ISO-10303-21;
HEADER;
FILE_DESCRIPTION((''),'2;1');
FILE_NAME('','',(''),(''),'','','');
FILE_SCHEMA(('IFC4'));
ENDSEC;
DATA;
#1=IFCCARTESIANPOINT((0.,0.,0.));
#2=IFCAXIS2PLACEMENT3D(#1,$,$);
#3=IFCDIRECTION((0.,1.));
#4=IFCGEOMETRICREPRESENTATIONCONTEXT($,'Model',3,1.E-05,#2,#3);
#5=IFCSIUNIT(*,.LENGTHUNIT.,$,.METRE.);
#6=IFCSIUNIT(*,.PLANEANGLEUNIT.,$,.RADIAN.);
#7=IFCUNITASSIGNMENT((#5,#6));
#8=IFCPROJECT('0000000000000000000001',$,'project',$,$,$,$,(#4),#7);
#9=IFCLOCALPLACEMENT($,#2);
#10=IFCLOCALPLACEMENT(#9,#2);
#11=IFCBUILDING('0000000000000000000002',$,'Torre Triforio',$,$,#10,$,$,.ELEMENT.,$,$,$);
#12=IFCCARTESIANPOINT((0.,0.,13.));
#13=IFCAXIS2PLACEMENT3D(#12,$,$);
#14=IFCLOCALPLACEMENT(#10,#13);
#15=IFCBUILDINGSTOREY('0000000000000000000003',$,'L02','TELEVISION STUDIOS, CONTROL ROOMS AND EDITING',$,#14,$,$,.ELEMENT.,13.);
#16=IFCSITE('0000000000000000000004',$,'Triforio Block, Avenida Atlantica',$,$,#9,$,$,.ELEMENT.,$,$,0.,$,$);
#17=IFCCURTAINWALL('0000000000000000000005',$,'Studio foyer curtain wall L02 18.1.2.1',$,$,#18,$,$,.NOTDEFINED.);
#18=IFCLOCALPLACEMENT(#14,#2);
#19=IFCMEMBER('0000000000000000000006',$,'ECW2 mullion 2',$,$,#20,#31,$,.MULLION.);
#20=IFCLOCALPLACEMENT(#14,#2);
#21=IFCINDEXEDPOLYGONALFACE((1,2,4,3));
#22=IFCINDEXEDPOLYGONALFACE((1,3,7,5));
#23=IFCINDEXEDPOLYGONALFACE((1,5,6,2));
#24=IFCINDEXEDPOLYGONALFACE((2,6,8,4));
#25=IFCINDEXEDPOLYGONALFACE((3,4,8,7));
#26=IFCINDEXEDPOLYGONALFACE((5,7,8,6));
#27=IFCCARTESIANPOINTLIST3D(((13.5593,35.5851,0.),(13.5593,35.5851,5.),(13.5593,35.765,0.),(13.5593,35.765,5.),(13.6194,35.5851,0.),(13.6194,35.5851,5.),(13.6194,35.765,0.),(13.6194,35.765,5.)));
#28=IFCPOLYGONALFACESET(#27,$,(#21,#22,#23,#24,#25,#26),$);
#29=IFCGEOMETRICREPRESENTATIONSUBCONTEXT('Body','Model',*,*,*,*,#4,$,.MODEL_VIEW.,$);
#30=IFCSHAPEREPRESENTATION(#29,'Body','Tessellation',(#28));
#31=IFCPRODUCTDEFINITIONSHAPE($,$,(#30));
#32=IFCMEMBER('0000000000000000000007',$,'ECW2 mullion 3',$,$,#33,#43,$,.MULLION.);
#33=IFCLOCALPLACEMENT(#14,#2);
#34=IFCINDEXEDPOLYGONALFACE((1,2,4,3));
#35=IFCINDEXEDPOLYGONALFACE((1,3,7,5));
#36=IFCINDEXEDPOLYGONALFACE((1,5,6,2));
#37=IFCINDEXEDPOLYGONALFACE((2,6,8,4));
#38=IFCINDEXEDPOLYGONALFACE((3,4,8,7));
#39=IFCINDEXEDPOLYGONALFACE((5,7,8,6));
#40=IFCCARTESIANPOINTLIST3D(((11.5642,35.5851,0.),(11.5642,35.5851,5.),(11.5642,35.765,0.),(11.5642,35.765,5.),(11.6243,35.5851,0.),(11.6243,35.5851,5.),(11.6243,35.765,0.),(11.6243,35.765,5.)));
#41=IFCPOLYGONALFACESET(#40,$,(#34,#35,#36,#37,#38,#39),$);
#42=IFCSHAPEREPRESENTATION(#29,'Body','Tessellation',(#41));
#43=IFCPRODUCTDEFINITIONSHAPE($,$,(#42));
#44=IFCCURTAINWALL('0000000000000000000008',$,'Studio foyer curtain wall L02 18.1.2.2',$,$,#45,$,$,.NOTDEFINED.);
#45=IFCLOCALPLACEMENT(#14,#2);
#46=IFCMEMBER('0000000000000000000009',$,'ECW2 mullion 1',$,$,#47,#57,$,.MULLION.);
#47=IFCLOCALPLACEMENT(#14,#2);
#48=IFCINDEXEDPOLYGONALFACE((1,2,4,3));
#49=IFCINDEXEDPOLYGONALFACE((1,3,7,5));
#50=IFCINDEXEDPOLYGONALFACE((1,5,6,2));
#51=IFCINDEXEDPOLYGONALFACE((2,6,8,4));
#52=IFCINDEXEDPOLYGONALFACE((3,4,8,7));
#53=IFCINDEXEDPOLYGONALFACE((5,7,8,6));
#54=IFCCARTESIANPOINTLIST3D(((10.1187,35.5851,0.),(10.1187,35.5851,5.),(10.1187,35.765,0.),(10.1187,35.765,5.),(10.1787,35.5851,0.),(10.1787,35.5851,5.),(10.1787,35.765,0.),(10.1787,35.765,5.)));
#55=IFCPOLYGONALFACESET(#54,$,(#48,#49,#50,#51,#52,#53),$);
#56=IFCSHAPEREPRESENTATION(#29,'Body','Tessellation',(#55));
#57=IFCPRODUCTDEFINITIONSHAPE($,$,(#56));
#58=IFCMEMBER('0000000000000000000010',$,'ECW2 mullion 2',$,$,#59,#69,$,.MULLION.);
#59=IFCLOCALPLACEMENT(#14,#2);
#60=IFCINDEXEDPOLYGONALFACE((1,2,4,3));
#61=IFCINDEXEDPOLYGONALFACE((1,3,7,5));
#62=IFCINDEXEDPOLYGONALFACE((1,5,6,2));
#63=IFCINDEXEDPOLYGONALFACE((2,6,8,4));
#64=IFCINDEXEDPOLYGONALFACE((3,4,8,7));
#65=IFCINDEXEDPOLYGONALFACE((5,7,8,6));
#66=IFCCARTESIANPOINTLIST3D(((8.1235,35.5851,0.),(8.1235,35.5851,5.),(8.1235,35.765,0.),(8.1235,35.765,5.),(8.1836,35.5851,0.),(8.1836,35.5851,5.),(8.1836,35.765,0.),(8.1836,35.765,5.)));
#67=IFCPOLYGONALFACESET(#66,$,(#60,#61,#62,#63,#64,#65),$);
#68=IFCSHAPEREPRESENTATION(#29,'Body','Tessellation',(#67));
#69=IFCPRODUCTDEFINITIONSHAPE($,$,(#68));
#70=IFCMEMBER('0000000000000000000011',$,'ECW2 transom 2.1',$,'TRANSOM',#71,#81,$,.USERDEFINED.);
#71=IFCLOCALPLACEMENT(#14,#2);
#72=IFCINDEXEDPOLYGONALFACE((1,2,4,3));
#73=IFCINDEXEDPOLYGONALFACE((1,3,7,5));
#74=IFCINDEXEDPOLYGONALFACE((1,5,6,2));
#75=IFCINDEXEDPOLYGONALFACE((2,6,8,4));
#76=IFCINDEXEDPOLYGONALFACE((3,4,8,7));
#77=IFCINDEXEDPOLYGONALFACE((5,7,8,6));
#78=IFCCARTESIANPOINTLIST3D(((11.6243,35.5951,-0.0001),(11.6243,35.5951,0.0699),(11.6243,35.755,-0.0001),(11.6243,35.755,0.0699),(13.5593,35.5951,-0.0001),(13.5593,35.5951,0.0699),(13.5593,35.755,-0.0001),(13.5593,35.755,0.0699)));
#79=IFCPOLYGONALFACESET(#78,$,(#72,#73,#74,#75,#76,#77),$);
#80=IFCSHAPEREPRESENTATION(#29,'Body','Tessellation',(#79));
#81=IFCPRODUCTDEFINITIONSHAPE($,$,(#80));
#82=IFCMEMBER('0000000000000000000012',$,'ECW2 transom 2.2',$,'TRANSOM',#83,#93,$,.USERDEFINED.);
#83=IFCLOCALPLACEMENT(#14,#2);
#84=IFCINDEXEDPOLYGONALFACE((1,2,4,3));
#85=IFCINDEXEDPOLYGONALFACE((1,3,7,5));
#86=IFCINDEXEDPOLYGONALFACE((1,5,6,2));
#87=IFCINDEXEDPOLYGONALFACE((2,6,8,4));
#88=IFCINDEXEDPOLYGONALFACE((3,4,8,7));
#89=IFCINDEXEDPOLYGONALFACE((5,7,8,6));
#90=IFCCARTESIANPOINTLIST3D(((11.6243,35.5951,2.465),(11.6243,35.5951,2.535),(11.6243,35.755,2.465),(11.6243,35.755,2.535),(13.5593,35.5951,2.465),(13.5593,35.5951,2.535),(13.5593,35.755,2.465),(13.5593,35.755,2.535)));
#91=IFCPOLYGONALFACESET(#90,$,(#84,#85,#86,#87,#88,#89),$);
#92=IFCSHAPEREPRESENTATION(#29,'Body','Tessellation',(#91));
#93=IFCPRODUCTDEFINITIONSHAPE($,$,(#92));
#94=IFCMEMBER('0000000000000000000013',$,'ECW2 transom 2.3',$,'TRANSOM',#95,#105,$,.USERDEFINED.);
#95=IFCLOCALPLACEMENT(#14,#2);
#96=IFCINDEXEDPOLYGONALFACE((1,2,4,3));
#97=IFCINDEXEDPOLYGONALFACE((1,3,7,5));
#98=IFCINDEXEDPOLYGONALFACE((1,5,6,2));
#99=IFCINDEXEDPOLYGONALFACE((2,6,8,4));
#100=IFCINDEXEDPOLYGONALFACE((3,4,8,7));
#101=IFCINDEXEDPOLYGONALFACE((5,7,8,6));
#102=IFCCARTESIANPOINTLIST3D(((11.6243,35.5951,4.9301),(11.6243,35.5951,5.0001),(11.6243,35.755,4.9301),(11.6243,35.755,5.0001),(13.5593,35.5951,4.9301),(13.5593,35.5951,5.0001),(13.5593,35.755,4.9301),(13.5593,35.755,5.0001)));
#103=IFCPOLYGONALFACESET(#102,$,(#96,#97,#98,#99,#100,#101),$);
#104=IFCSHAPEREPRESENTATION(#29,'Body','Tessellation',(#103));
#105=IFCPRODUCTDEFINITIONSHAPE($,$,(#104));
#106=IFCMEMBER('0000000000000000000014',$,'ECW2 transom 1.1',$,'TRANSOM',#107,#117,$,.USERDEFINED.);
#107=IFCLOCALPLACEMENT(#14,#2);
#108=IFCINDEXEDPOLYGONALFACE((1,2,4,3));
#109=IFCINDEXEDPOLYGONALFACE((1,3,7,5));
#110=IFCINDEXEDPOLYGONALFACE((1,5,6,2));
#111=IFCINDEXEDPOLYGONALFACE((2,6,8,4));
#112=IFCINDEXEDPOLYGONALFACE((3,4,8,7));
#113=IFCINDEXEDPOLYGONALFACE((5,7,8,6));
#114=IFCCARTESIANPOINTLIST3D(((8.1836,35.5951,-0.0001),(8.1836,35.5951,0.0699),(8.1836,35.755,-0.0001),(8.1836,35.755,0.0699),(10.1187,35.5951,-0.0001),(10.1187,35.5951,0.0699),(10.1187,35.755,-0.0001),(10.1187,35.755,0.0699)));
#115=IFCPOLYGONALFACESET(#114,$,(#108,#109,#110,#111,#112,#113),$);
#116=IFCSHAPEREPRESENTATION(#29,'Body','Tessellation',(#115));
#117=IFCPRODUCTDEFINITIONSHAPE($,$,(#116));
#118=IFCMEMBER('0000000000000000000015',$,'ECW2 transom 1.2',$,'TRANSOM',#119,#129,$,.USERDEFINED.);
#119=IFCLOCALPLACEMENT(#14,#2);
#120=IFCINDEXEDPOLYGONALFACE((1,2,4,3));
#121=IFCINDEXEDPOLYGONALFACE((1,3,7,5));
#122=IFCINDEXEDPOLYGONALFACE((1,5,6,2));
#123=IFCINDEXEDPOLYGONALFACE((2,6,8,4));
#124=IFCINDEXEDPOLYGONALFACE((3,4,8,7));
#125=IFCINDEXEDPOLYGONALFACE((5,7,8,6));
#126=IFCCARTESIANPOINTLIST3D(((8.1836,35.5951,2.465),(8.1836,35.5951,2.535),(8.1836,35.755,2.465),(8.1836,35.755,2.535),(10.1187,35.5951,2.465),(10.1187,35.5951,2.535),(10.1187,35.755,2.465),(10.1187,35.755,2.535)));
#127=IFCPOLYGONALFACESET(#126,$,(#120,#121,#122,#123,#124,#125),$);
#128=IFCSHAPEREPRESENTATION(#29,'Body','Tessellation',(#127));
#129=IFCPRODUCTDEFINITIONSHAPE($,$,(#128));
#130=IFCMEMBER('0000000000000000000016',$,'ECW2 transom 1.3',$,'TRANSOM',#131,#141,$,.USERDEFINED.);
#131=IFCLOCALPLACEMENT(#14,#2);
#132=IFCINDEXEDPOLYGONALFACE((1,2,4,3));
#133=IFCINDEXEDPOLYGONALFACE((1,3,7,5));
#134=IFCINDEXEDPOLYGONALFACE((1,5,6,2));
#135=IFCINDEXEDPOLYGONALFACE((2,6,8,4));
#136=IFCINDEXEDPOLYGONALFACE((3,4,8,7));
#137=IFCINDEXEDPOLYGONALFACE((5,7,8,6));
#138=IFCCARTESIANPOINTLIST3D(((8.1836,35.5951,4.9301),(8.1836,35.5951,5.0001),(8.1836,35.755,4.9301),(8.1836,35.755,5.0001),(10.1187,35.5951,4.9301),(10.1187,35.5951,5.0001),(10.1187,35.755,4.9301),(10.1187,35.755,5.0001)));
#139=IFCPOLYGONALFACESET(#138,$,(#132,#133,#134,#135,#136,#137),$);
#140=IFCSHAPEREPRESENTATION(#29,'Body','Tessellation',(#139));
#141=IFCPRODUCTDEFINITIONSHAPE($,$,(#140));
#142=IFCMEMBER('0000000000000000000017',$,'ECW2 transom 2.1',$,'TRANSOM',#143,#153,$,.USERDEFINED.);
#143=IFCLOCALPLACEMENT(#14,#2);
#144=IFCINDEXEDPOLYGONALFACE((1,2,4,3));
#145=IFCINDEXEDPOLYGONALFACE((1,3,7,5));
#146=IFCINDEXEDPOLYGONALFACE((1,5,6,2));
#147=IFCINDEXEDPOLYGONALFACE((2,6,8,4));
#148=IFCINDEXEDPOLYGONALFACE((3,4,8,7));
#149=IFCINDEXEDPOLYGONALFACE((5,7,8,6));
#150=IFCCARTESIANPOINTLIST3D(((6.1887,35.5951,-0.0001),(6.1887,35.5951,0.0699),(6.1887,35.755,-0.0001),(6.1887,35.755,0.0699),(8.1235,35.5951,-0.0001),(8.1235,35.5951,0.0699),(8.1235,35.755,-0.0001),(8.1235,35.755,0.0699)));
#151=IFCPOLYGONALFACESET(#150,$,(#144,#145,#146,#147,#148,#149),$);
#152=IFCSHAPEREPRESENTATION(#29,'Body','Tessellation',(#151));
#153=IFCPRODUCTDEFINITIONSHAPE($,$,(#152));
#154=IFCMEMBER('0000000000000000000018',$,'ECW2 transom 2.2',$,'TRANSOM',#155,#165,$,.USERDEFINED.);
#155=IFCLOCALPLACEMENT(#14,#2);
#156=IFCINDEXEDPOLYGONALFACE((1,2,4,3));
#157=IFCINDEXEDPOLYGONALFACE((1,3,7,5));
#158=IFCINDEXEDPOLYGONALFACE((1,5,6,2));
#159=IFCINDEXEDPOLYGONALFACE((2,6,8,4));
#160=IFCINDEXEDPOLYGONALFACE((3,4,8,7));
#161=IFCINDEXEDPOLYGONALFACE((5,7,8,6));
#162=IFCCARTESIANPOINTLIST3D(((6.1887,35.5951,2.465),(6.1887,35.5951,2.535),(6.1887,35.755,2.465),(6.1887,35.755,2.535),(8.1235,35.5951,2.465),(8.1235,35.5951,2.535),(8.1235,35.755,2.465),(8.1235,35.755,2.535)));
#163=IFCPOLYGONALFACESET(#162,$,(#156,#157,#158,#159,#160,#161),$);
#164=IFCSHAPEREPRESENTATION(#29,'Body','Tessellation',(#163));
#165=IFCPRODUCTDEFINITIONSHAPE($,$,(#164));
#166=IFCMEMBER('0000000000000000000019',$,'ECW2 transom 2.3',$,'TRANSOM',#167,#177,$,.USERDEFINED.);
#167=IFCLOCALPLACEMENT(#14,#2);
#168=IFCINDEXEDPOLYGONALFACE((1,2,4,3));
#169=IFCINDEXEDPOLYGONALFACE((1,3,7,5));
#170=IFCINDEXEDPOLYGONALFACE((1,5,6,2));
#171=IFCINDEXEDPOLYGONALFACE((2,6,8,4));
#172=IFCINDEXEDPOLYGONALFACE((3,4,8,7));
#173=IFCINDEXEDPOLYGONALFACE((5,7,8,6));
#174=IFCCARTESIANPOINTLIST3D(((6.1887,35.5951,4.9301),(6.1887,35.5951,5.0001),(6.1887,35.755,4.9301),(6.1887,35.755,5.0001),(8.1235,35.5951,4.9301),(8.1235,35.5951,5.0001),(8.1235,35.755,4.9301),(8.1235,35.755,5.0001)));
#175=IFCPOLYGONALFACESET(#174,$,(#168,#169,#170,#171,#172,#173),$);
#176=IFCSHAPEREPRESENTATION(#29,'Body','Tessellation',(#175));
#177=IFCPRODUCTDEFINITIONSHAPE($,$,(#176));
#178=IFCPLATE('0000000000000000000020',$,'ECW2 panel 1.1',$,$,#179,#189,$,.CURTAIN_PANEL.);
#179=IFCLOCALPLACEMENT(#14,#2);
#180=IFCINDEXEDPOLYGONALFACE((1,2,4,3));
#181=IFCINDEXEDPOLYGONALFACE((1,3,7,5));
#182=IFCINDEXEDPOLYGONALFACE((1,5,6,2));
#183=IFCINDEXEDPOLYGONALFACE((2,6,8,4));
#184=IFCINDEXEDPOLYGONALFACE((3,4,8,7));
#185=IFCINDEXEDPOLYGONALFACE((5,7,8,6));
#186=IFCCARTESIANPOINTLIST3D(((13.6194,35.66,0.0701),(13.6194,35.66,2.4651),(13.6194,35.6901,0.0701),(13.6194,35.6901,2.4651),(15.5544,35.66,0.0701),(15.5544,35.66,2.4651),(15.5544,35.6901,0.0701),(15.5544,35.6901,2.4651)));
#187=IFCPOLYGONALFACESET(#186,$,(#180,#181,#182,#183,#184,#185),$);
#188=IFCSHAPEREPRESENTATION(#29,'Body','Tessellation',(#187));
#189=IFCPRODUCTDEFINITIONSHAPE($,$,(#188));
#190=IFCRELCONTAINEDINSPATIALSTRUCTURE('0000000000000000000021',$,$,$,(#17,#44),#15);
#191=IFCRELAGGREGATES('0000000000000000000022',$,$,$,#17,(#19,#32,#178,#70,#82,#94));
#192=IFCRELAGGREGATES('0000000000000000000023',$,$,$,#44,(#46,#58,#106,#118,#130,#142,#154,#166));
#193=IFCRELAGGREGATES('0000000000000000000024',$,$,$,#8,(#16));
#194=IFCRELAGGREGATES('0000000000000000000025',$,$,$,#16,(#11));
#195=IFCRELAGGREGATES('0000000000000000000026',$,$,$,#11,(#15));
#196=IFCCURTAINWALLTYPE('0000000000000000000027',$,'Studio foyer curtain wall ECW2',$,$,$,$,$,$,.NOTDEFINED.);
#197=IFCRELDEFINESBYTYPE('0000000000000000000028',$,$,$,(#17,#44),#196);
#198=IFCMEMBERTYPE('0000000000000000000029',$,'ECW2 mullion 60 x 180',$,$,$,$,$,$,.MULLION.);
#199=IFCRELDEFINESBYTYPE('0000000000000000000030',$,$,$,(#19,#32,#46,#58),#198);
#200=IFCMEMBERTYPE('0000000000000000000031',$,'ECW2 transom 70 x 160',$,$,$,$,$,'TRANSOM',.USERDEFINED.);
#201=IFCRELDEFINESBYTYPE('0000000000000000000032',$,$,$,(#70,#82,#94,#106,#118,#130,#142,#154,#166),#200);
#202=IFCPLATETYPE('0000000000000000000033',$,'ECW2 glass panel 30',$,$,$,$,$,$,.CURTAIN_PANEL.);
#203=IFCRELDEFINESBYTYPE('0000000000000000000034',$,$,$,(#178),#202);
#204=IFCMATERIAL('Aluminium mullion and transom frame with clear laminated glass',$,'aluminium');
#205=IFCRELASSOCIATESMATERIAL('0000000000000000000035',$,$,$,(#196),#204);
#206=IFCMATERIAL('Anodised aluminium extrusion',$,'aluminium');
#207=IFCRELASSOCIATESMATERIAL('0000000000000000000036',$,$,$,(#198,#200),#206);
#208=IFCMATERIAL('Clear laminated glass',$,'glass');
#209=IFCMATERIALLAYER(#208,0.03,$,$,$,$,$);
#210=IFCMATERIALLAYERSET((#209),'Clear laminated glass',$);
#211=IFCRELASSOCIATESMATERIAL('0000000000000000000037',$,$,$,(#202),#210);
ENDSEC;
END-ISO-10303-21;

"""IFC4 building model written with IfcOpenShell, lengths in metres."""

from ifc_helpers import new_model, si_unit, direction, frame, origin, origin_2d, place, context, subcontext, project, spatial, rectangle, extrude, material, layer, layer_set, material_profile, profile_set, type_object, element, aggregate, save


model = new_model("IFC4")

# Units and contexts
model_context = context("Model", 3, precision=1e-05, world=origin(), true_north=direction((0.0, 1.0)))
body_context = subcontext(model_context, "Body", "Model", "MODEL_VIEW")
ifc_project = project(units=[si_unit("LENGTHUNIT", "METRE"), si_unit("PLANEANGLEUNIT", "RADIAN")], contexts=[model_context])

# Site, building, storey
site_placement = place(None, origin())
site = spatial("IfcSite", under=ifc_project, at=site_placement, Name="Triforio Block, Avenida Atlantica", CompositionType="ELEMENT", RefElevation=0.0)
building_placement = place(site_placement, origin())
building = spatial("IfcBuilding", under=site, at=building_placement, Name="Torre Triforio", CompositionType="ELEMENT")
storey_placement = place(building_placement, frame((0.0, 0.0, 13.0)))
storey = spatial("IfcBuildingStorey", under=building, at=storey_placement, Name="L02", Description="TELEVISION STUDIOS, CONTROL ROOMS AND EDITING", CompositionType="ELEMENT", Elevation=13.0)

# Curtain walls, members
ifc_material_1 = material(Name="Aluminium mullion and transom frame with clear laminated glass", Category="aluminium")
curtain_wall_type = type_object("IfcCurtainWallType", Name="Studio foyer curtain wall ECW2", PredefinedType="NOTDEFINED", material=ifc_material_1)
curtain_wall_1_placement = place(storey_placement, origin())
curtain_wall_1 = element("IfcCurtainWall", 1, at=curtain_wall_1_placement, inside=storey, type_object=curtain_wall_type, Name="Studio foyer curtain wall L02 18.1.2.1", PredefinedType="NOTDEFINED")
ifc_material_2 = material(Name="Anodised aluminium extrusion", Category="aluminium")
ifc_material_profile_1 = material_profile(ifc_material_2, rectangle(XDim=0.1799, YDim=0.0601, at=origin_2d()), Name="ECW2 MULLION 60x180")
ifc_profile_set_1 = profile_set([ifc_material_profile_1], Name="Anodised aluminium extrusion")
member_type_1 = type_object("IfcMemberType", Name="ECW2 mullion 60 x 180", PredefinedType="MULLION", material=ifc_profile_set_1)
member_1_placement = place(storey_placement, frame((13.5894, 35.675, 0.0), z_axis=(0.0, 0.0, 1.0), x_axis=(0.0, -1.0, 0.0)))
member_1 = element("IfcMember", 2, at=member_1_placement, type_object=member_type_1, Name="ECW2 mullion 2", PredefinedType="MULLION", context=body_context, shape_type="SweptSolid", body=[
    extrude(rectangle(XDim=0.1799, YDim=0.0601, at=origin_2d()), origin(), (0.0, 0.0, 1.0), 5.0),
])
member_2_placement = place(storey_placement, frame((11.5942, 35.675, 0.0), z_axis=(0.0, 0.0, 1.0), x_axis=(0.0, -1.0, 0.0)))
member_2 = element("IfcMember", 3, at=member_2_placement, type_object=member_type_1, Name="ECW2 mullion 3", PredefinedType="MULLION", context=body_context, shape_type="SweptSolid", body=[
    extrude(rectangle(XDim=0.1799, YDim=0.0601, at=origin_2d()), origin(), (0.0, 0.0, 1.0), 5.0),
])
curtain_wall_2_placement = place(storey_placement, origin())
curtain_wall_2 = element("IfcCurtainWall", 4, at=curtain_wall_2_placement, inside=storey, type_object=curtain_wall_type, Name="Studio foyer curtain wall L02 18.1.2.2", PredefinedType="NOTDEFINED")
member_3_placement = place(storey_placement, frame((10.1487, 35.675, 0.0), z_axis=(0.0, 0.0, 1.0), x_axis=(0.0, -1.0, 0.0)))
member_3 = element("IfcMember", 5, at=member_3_placement, type_object=member_type_1, Name="ECW2 mullion 1", PredefinedType="MULLION", context=body_context, shape_type="SweptSolid", body=[
    extrude(rectangle(XDim=0.1799, YDim=0.0601, at=origin_2d()), origin(), (0.0, 0.0, 1.0), 5.0),
])
member_4_placement = place(storey_placement, frame((8.1536, 35.675, 0.0), z_axis=(0.0, 0.0, 1.0), x_axis=(0.0, -1.0, 0.0)))
member_4 = element("IfcMember", 6, at=member_4_placement, type_object=member_type_1, Name="ECW2 mullion 2", PredefinedType="MULLION", context=body_context, shape_type="SweptSolid", body=[
    extrude(rectangle(XDim=0.1799, YDim=0.0601, at=origin_2d()), origin(), (0.0, 0.0, 1.0), 5.0),
])

# Members
ifc_material_profile_2 = material_profile(ifc_material_2, rectangle(XDim=0.1599, YDim=0.0701, at=origin_2d()), Name="ECW2 TRANSOM 70x160")
ifc_profile_set_2 = profile_set([ifc_material_profile_2], Name="Anodised aluminium extrusion")
member_type_2 = type_object("IfcMemberType", Name="ECW2 transom 70 x 160", ElementType="TRANSOM", PredefinedType="USERDEFINED", material=ifc_profile_set_2)
member_5_placement = place(storey_placement, frame((13.5593, 35.675, 0.0349), z_axis=(-1.0, 0.0, 0.0), x_axis=(0.0, -1.0, 0.0)))
member_5 = element("IfcMember", 7, at=member_5_placement, type_object=member_type_2, Name="ECW2 transom 2.1", ObjectType="TRANSOM", PredefinedType="USERDEFINED", context=body_context, shape_type="SweptSolid", body=[
    extrude(rectangle(XDim=0.1599, YDim=0.0701, at=origin_2d()), origin(), (0.0, 0.0, 1.0), 1.9351),
])
member_6_placement = place(storey_placement, frame((13.5593, 35.675, 2.5), z_axis=(-1.0, 0.0, 0.0), x_axis=(0.0, -1.0, 0.0)))
member_6 = element("IfcMember", 8, at=member_6_placement, type_object=member_type_2, Name="ECW2 transom 2.2", ObjectType="TRANSOM", PredefinedType="USERDEFINED", context=body_context, shape_type="SweptSolid", body=[
    extrude(rectangle(XDim=0.1599, YDim=0.0701, at=origin_2d()), origin(), (0.0, 0.0, 1.0), 1.9351),
])
member_7_placement = place(storey_placement, frame((13.5593, 35.675, 4.9651), z_axis=(-1.0, 0.0, 0.0), x_axis=(0.0, -1.0, 0.0)))
member_7 = element("IfcMember", 9, at=member_7_placement, type_object=member_type_2, Name="ECW2 transom 2.3", ObjectType="TRANSOM", PredefinedType="USERDEFINED", context=body_context, shape_type="SweptSolid", body=[
    extrude(rectangle(XDim=0.1599, YDim=0.0701, at=origin_2d()), origin(), (0.0, 0.0, 1.0), 1.9351),
])
member_8_placement = place(storey_placement, frame((10.1187, 35.675, 0.0349), z_axis=(-1.0, 0.0, 0.0), x_axis=(0.0, -1.0, 0.0)))
member_8 = element("IfcMember", 10, at=member_8_placement, type_object=member_type_2, Name="ECW2 transom 1.1", ObjectType="TRANSOM", PredefinedType="USERDEFINED", context=body_context, shape_type="SweptSolid", body=[
    extrude(rectangle(XDim=0.1599, YDim=0.0701, at=origin_2d()), origin(), (0.0, 0.0, 1.0), 1.9351),
])
member_9_placement = place(storey_placement, frame((10.1187, 35.675, 2.5), z_axis=(-1.0, 0.0, 0.0), x_axis=(0.0, -1.0, 0.0)))
member_9 = element("IfcMember", 11, at=member_9_placement, type_object=member_type_2, Name="ECW2 transom 1.2", ObjectType="TRANSOM", PredefinedType="USERDEFINED", context=body_context, shape_type="SweptSolid", body=[
    extrude(rectangle(XDim=0.1599, YDim=0.0701, at=origin_2d()), origin(), (0.0, 0.0, 1.0), 1.9351),
])
member_10_placement = place(storey_placement, frame((10.1187, 35.675, 4.9651), z_axis=(-1.0, 0.0, 0.0), x_axis=(0.0, -1.0, 0.0)))
member_10 = element("IfcMember", 12, at=member_10_placement, type_object=member_type_2, Name="ECW2 transom 1.3", ObjectType="TRANSOM", PredefinedType="USERDEFINED", context=body_context, shape_type="SweptSolid", body=[
    extrude(rectangle(XDim=0.1599, YDim=0.0701, at=origin_2d()), origin(), (0.0, 0.0, 1.0), 1.9351),
])
member_11_placement = place(storey_placement, frame((8.1235, 35.675, 0.0349), z_axis=(-1.0, 0.0, 0.0), x_axis=(0.0, -1.0, 0.0)))
member_11 = element("IfcMember", 13, at=member_11_placement, type_object=member_type_2, Name="ECW2 transom 2.1", ObjectType="TRANSOM", PredefinedType="USERDEFINED", context=body_context, shape_type="SweptSolid", body=[
    extrude(rectangle(XDim=0.1599, YDim=0.0701, at=origin_2d()), origin(), (0.0, 0.0, 1.0), 1.9348),
])
member_12_placement = place(storey_placement, frame((8.1235, 35.675, 2.5), z_axis=(-1.0, 0.0, 0.0), x_axis=(0.0, -1.0, 0.0)))
member_12 = element("IfcMember", 14, at=member_12_placement, type_object=member_type_2, Name="ECW2 transom 2.2", ObjectType="TRANSOM", PredefinedType="USERDEFINED", context=body_context, shape_type="SweptSolid", body=[
    extrude(rectangle(XDim=0.1599, YDim=0.0701, at=origin_2d()), origin(), (0.0, 0.0, 1.0), 1.9348),
])
member_13_placement = place(storey_placement, frame((8.1235, 35.675, 4.9651), z_axis=(-1.0, 0.0, 0.0), x_axis=(0.0, -1.0, 0.0)))
member_13 = element("IfcMember", 15, at=member_13_placement, type_object=member_type_2, Name="ECW2 transom 2.3", ObjectType="TRANSOM", PredefinedType="USERDEFINED", context=body_context, shape_type="SweptSolid", body=[
    extrude(rectangle(XDim=0.1599, YDim=0.0701, at=origin_2d()), origin(), (0.0, 0.0, 1.0), 1.9348),
])

# Plate
ifc_material_3 = material(Name="Clear laminated glass", Category="glass")
ifc_layer_1 = layer(ifc_material_3, 0.03)
ifc_layer_set_1 = layer_set([ifc_layer_1], Name="Clear laminated glass")
plate_type = type_object("IfcPlateType", Name="ECW2 glass panel 30", PredefinedType="CURTAIN_PANEL", material=ifc_layer_set_1)
plate_1_placement = place(storey_placement, frame((14.5869, 35.675, 0.0701), z_axis=(0.0, 0.0, 1.0), x_axis=(-1.0, 0.0, 0.0)))
plate_1 = element("IfcPlate", 16, at=plate_1_placement, type_object=plate_type, Name="ECW2 panel 1.1", PredefinedType="CURTAIN_PANEL", context=body_context, shape_type="SweptSolid", body=[
    extrude(rectangle(XDim=1.9351, YDim=0.03, at=origin_2d()), origin(), (0.0, 0.0, 1.0), 2.395),
])
aggregate(curtain_wall_1, [member_1, member_2, plate_1, member_5, member_6, member_7])
aggregate(curtain_wall_2, [member_3, member_4, member_8, member_9, member_10, member_11, member_12, member_13])

save(model, "model.ifc")
